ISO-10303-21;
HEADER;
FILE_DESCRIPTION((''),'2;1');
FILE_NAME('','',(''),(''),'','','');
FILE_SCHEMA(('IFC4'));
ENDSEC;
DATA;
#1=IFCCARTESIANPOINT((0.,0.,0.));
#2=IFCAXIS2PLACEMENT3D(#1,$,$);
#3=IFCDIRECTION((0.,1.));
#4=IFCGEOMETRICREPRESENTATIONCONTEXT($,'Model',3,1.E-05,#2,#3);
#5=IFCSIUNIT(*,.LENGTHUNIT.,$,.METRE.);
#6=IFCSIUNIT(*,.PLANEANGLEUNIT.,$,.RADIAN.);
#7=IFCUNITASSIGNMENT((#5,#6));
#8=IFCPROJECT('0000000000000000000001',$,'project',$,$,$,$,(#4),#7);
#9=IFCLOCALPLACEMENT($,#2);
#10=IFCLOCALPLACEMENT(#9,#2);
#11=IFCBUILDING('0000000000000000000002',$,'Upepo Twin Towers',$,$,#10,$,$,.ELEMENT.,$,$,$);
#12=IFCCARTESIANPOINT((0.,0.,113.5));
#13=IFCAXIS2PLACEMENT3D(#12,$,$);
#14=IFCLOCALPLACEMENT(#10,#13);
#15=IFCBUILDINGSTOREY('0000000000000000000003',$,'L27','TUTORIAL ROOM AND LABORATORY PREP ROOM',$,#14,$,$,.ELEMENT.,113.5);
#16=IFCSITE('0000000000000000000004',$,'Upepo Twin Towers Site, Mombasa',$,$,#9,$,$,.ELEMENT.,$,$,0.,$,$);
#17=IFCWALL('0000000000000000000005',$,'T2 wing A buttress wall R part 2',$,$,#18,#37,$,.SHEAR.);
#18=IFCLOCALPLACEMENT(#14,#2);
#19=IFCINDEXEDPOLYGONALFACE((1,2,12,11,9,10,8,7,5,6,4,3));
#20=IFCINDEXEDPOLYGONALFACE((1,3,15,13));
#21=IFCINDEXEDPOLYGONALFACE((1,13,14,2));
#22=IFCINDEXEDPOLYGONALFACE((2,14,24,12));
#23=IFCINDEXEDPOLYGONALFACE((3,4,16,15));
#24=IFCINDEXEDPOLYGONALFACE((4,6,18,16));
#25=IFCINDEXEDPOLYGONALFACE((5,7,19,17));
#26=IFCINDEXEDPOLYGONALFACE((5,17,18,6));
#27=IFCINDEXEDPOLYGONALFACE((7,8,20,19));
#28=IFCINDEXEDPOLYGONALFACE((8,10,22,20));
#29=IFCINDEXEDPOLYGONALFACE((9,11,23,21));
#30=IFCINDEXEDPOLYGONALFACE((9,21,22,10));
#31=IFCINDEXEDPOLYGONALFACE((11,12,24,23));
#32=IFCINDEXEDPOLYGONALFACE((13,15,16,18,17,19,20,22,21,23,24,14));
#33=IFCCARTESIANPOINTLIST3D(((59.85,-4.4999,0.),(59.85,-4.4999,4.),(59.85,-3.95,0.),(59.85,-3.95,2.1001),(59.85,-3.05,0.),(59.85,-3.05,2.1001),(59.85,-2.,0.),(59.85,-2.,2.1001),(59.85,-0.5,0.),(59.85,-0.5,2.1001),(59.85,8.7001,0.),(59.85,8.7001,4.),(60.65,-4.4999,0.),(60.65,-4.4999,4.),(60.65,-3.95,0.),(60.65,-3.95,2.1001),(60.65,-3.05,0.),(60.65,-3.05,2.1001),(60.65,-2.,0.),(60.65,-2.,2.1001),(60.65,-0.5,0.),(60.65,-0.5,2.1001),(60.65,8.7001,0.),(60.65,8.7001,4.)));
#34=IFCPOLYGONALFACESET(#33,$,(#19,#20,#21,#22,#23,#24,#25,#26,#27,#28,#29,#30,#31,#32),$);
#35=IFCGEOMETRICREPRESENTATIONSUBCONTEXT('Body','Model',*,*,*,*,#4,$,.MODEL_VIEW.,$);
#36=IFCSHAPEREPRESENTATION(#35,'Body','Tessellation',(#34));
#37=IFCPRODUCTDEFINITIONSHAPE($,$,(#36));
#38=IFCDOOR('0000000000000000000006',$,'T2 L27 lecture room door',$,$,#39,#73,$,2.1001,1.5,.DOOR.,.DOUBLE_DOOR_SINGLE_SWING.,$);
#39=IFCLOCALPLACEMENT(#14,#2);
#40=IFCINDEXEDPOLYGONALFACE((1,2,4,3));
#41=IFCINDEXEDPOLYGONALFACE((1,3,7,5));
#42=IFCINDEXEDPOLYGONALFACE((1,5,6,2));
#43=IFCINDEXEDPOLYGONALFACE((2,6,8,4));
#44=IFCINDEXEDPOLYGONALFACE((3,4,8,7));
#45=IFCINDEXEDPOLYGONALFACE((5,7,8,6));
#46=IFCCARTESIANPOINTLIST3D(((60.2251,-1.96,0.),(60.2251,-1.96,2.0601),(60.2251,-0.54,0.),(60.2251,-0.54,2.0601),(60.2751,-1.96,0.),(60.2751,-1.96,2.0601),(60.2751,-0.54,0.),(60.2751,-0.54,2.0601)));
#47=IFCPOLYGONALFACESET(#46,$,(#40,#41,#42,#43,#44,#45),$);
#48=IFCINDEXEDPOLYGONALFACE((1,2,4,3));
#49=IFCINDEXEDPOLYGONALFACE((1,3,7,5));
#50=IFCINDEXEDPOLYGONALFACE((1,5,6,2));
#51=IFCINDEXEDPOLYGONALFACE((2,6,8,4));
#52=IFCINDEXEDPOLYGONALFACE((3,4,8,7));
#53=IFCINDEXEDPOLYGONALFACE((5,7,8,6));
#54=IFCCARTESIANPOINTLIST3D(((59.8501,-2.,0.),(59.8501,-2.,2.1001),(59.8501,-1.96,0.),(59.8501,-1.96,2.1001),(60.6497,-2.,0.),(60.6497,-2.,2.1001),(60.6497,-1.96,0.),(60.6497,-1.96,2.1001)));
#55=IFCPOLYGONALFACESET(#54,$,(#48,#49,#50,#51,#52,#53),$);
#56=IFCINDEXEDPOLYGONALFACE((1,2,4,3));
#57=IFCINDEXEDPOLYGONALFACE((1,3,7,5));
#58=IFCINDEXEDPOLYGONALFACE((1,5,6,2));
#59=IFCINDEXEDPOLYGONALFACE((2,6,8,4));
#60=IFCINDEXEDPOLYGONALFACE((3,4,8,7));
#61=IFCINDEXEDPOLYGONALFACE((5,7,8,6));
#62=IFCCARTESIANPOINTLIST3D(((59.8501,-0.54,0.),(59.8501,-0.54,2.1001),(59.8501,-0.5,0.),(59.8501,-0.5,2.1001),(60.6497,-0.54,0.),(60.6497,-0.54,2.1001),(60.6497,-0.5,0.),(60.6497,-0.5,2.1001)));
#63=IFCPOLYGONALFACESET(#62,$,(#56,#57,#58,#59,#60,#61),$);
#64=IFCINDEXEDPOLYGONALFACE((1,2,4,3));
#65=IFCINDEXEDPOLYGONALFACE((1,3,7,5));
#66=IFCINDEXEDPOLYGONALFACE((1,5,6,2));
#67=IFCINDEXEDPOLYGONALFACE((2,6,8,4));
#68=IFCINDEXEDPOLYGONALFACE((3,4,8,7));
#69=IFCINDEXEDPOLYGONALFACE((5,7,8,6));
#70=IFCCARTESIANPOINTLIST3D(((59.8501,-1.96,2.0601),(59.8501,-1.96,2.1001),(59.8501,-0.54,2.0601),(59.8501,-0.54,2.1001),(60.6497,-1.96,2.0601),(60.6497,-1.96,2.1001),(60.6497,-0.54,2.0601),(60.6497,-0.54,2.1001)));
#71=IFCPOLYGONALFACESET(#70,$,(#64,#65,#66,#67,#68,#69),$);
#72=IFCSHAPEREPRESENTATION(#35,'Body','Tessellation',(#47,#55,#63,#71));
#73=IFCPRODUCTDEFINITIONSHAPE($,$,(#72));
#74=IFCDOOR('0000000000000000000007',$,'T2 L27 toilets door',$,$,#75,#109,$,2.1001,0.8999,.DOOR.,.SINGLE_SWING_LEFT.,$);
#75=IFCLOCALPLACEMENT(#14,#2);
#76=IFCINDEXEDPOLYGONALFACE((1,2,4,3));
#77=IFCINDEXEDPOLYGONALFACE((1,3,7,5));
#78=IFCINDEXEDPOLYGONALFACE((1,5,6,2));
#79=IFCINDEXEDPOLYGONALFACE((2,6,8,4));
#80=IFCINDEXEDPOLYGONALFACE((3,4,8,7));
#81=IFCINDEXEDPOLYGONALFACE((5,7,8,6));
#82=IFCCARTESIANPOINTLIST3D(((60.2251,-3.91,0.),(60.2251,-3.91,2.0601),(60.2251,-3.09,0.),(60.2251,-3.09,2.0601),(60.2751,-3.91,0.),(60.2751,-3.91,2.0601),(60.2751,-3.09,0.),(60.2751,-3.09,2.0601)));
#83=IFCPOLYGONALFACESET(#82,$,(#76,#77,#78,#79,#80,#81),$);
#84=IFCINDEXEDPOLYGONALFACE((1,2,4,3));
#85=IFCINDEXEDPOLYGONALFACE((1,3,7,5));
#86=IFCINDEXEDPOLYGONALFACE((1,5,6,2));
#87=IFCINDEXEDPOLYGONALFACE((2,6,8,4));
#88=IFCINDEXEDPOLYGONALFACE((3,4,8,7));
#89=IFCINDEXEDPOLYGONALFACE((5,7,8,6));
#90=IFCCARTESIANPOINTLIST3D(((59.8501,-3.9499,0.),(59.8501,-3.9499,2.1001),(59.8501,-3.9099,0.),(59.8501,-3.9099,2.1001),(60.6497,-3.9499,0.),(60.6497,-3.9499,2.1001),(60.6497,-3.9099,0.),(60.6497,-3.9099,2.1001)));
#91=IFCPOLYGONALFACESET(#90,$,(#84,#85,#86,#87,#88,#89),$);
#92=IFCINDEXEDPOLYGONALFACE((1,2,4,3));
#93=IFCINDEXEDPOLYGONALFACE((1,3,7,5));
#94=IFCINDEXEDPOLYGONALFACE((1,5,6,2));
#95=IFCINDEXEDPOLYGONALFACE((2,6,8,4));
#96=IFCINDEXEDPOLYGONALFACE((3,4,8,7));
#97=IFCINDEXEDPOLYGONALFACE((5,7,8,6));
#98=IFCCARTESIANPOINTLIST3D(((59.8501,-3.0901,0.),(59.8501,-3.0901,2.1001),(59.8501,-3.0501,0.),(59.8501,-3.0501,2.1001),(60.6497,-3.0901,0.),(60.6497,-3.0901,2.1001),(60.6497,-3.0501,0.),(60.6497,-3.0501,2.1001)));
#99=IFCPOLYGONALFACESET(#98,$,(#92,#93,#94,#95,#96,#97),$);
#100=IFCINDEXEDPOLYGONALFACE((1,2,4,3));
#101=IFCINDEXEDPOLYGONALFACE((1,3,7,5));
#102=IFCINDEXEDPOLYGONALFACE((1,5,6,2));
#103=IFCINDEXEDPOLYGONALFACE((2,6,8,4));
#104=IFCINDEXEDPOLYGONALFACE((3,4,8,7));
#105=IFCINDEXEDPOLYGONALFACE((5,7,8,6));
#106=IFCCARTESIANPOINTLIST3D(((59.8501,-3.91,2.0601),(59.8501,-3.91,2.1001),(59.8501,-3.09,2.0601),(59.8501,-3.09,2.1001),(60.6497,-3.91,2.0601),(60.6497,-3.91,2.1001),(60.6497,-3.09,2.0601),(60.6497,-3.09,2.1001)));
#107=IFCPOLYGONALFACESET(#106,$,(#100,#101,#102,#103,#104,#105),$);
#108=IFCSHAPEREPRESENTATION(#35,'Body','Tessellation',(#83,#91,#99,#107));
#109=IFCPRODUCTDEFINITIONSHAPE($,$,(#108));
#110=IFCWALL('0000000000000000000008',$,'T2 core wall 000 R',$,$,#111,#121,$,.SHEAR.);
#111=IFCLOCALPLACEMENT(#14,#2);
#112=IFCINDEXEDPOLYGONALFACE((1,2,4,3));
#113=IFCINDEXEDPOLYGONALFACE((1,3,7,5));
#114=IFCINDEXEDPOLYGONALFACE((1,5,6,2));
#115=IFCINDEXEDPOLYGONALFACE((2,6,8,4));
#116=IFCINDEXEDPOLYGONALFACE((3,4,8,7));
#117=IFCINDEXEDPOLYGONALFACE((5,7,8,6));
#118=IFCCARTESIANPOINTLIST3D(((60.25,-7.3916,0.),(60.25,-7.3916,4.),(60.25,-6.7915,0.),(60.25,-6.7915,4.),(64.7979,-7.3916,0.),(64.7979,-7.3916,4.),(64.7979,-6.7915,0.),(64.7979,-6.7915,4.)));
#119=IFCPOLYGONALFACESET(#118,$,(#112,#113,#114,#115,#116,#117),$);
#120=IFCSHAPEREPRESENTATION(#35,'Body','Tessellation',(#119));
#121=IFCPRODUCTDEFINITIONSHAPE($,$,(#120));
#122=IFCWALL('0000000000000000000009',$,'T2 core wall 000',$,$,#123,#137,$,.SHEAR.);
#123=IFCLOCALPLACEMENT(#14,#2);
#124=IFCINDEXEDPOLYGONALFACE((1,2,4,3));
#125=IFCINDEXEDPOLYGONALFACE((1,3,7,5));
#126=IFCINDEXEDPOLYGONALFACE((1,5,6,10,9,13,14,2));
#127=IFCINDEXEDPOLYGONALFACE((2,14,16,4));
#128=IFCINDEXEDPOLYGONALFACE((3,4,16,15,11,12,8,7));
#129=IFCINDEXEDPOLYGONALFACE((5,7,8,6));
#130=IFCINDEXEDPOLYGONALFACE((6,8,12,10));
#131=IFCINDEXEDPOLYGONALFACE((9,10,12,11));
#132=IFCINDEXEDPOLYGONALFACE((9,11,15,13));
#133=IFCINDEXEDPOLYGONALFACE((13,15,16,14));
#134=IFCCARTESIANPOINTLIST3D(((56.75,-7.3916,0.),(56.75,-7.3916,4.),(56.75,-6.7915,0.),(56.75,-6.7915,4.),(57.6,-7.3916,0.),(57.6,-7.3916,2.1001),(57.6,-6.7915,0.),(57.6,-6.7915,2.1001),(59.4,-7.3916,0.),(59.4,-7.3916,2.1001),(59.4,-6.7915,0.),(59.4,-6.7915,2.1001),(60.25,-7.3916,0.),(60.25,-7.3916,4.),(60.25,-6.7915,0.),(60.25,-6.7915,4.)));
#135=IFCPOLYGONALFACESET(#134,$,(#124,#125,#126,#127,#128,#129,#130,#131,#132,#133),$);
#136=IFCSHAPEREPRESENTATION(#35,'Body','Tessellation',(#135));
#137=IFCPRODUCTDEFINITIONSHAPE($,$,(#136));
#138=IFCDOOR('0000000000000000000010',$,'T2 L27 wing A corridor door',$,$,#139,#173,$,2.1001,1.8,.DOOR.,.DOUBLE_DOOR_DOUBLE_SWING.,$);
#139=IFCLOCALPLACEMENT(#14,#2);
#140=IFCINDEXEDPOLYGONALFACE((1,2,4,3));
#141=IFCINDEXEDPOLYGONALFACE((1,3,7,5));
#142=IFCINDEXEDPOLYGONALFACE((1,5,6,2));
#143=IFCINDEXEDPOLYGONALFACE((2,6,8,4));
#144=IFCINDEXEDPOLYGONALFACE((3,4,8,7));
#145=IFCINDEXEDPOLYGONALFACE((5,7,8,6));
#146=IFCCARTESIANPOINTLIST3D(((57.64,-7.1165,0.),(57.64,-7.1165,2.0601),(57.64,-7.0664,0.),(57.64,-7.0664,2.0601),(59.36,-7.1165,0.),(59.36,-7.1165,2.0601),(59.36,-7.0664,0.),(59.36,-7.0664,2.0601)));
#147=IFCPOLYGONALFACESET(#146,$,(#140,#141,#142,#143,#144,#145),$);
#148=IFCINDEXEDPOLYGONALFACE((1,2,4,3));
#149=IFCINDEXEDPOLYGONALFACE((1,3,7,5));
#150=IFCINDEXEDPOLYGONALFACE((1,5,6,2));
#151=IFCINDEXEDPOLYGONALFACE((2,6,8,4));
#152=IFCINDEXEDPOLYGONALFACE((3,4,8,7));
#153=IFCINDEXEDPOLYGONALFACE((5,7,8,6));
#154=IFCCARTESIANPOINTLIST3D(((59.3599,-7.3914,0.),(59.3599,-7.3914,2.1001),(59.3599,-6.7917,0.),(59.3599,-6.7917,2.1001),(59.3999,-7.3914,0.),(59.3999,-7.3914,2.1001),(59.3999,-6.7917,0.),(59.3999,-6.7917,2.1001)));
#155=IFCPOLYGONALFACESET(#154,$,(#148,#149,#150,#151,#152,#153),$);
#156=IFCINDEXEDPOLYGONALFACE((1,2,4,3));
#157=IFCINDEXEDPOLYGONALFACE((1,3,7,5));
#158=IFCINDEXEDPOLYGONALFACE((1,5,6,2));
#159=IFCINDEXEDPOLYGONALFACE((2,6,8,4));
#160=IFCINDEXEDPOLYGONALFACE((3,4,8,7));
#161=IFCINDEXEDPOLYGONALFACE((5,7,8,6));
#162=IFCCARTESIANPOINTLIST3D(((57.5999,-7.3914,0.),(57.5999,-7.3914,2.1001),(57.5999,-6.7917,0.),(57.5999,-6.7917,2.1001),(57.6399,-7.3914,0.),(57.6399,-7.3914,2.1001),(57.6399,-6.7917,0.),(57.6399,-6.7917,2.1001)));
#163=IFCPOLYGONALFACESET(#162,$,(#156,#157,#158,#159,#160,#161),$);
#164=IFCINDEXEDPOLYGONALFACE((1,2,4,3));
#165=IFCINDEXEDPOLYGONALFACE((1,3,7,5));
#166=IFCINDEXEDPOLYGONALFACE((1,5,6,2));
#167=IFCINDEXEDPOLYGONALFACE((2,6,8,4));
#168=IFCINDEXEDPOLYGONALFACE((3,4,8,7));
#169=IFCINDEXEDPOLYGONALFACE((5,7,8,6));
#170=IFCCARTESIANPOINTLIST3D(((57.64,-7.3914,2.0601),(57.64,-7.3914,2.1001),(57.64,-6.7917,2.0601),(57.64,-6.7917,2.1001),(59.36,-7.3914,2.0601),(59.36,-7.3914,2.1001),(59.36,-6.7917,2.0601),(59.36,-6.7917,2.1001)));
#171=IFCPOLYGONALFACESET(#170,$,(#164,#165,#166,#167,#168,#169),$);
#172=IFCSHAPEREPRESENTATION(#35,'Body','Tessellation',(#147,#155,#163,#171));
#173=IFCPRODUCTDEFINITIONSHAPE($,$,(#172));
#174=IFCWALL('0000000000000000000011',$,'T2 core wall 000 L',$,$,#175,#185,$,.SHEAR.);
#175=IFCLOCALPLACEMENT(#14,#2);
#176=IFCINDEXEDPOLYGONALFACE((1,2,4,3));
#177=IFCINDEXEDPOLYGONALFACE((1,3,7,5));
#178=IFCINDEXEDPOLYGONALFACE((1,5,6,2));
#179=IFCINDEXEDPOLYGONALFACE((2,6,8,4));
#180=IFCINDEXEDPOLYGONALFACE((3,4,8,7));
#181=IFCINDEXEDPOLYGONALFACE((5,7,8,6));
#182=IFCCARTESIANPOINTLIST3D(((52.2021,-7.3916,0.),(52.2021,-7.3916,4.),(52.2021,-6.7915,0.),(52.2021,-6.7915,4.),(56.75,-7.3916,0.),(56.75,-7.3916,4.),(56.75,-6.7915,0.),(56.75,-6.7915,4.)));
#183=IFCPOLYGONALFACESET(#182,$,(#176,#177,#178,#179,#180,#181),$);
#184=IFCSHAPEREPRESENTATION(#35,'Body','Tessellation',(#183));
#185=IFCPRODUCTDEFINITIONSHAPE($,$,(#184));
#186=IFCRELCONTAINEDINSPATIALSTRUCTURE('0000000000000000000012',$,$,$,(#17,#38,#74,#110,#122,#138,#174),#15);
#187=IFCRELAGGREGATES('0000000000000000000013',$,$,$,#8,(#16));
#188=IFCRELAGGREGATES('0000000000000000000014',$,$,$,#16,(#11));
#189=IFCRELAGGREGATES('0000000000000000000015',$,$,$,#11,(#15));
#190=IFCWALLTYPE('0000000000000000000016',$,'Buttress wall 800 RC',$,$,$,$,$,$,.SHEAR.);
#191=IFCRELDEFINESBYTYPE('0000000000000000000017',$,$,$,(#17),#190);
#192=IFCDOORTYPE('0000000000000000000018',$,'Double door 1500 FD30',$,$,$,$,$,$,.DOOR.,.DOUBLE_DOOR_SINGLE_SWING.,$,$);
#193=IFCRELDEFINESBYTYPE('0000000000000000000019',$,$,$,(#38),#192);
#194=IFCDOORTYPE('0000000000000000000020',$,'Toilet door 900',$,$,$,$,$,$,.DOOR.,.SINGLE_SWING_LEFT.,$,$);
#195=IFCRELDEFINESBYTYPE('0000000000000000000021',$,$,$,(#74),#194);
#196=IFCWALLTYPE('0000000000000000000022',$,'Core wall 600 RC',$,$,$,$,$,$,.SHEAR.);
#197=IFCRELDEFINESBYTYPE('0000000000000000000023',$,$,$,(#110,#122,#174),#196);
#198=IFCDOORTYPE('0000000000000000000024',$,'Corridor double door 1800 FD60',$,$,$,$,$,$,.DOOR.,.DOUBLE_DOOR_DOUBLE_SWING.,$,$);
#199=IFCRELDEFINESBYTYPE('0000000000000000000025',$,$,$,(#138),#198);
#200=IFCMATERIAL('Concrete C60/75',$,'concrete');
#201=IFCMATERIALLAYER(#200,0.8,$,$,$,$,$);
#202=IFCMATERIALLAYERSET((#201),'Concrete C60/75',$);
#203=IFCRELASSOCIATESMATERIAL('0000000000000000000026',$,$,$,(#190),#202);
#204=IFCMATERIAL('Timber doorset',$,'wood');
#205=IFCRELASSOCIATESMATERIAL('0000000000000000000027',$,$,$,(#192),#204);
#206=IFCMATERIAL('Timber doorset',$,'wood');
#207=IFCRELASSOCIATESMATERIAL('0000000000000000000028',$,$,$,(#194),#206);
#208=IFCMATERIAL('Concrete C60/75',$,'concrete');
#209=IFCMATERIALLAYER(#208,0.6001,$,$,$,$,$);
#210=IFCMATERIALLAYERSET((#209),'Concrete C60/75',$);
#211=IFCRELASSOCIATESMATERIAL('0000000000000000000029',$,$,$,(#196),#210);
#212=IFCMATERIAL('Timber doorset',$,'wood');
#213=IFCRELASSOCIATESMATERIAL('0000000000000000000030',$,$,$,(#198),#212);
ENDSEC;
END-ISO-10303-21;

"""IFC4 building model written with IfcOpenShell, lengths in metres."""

from ifc_helpers import new_model, si_unit, direction, frame, frame_2d, origin, place, context, subcontext, project, spatial, rectangle, extrude, material, layer, layer_set, type_object, element, fill, save


model = new_model("IFC4")

# Units and contexts
model_context = context("Model", 3, precision=1e-05, world=origin(), true_north=direction((0.0, 1.0)))
body_context = subcontext(model_context, "Body", "Model", "MODEL_VIEW")
ifc_project = project(units=[si_unit("LENGTHUNIT", "METRE"), si_unit("PLANEANGLEUNIT", "RADIAN")], contexts=[model_context])

# Site, building, storey
site_placement = place(None, origin())
site = spatial("IfcSite", under=ifc_project, at=site_placement, Name="Upepo Twin Towers Site, Mombasa", CompositionType="ELEMENT", RefElevation=0.0)
building_placement = place(site_placement, origin())
building = spatial("IfcBuilding", under=site, at=building_placement, Name="Upepo Twin Towers", CompositionType="ELEMENT")
storey_placement = place(building_placement, frame((0.0, 0.0, 113.5)))
storey = spatial("IfcBuildingStorey", under=building, at=storey_placement, Name="L27", Description="TUTORIAL ROOM AND LABORATORY PREP ROOM", CompositionType="ELEMENT", Elevation=113.5)

# Wall, openings, doors
ifc_material_1 = material(Name="Concrete C60/75", Category="concrete")
ifc_layer_1 = layer(ifc_material_1, 0.8)
ifc_layer_set_1 = layer_set([ifc_layer_1], Name="Concrete C60/75")
wall_type_1 = type_object("IfcWallType", Name="Buttress wall 800 RC", PredefinedType="SHEAR", material=ifc_layer_set_1)
ifc_material_2 = material(Name="Timber doorset", Category="wood")
door_type_1 = type_object("IfcDoorType", Name="Double door 1500 FD30", OperationType="DOUBLE_DOOR_SINGLE_SWING", PredefinedType="DOOR", material=ifc_material_2)
ifc_material_3 = material(Name="Timber doorset", Category="wood")
door_type_2 = type_object("IfcDoorType", Name="Toilet door 900", OperationType="SINGLE_SWING_LEFT", PredefinedType="DOOR", material=ifc_material_3)
wall_1_placement = place(storey_placement, frame((60.25, -4.5, 0.0), z_axis=(0.0, 0.0, 1.0), x_axis=(0.0, 1.0, 0.0)))
wall_1 = element("IfcWall", 1, at=wall_1_placement, inside=storey, type_object=wall_type_1, Name="T2 wing A buttress wall R part 2", PredefinedType="SHEAR", context=body_context, shape_type="SweptSolid", body=[
    extrude(rectangle(XDim=13.2, YDim=0.8, at=frame_2d((6.6001, 0.0))), origin(), (0.0, 0.0, 1.0), 4.0),
])
opening_1_placement = place(wall_1_placement, frame((0.55, 0.0, 0.0)))
opening_1 = element("IfcOpeningElement", 2, at=opening_1_placement, cuts=wall_1, PredefinedType="OPENING", context=body_context, shape_type="SweptSolid", body=[
    extrude(rectangle(XDim=0.8999, YDim=2.1001, at=frame_2d((0.45, 1.05))), frame((0.0, 0.4099, 0.0), z_axis=(0.0, -1.0, 0.0), x_axis=(1.0, 0.0, 0.0)), (0.0, 0.0, 1.0), 0.8201),
])
opening_2_placement = place(wall_1_placement, frame((2.5, 0.0, 0.0)))
opening_2 = element("IfcOpeningElement", 3, at=opening_2_placement, cuts=wall_1, PredefinedType="OPENING", context=body_context, shape_type="SweptSolid", body=[
    extrude(rectangle(XDim=1.5, YDim=2.1001, at=frame_2d((0.75, 1.05))), frame((0.0, 0.4099, 0.0), z_axis=(0.0, -1.0, 0.0), x_axis=(1.0, 0.0, 0.0)), (0.0, 0.0, 1.0), 0.8201),
])
door_1_placement = place(opening_2_placement, origin())
door_1 = element("IfcDoor", 4, at=door_1_placement, inside=storey, type_object=door_type_1, Name="T2 L27 lecture room door", OperationType="DOUBLE_DOOR_SINGLE_SWING", OverallHeight=2.1001, OverallWidth=1.5, PredefinedType="DOOR", context=body_context, shape_type="SweptSolid", body=[
    extrude(rectangle(XDim=1.42, YDim=2.0601, at=frame_2d((0.75, 1.03))), frame((0.0, 0.0249, 0.0), z_axis=(0.0, -1.0, 0.0), x_axis=(1.0, 0.0, 0.0)), (0.0, 0.0, 1.0), 0.05),
    extrude(rectangle(XDim=0.04, YDim=2.1001, at=frame_2d((0.02, 1.05))), frame((0.0, 0.3999, 0.0), z_axis=(0.0, -1.0, 0.0), x_axis=(1.0, 0.0, 0.0)), (0.0, 0.0, 1.0), 0.7996),
    extrude(rectangle(XDim=0.04, YDim=2.1001, at=frame_2d((1.48, 1.05))), frame((0.0, 0.3999, 0.0), z_axis=(0.0, -1.0, 0.0), x_axis=(1.0, 0.0, 0.0)), (0.0, 0.0, 1.0), 0.7996),
    extrude(rectangle(XDim=1.42, YDim=0.04, at=frame_2d((0.75, 2.0801))), frame((0.0, 0.3999, 0.0), z_axis=(0.0, -1.0, 0.0), x_axis=(1.0, 0.0, 0.0)), (0.0, 0.0, 1.0), 0.7996),
])
fill(opening_2, door_1)
door_2_placement = place(opening_1_placement, origin())
door_2 = element("IfcDoor", 5, at=door_2_placement, inside=storey, type_object=door_type_2, Name="T2 L27 toilets door", OperationType="SINGLE_SWING_LEFT", OverallHeight=2.1001, OverallWidth=0.8999, PredefinedType="DOOR", context=body_context, shape_type="SweptSolid", body=[
    extrude(rectangle(XDim=0.8199, YDim=2.0601, at=frame_2d((0.45, 1.03))), frame((0.0, 0.0249, 0.0), z_axis=(0.0, -1.0, 0.0), x_axis=(1.0, 0.0, 0.0)), (0.0, 0.0, 1.0), 0.05),
    extrude(rectangle(XDim=0.04, YDim=2.1001, at=frame_2d((0.02, 1.05))), frame((0.0, 0.3999, 0.0), z_axis=(0.0, -1.0, 0.0), x_axis=(1.0, 0.0, 0.0)), (0.0, 0.0, 1.0), 0.7996),
    extrude(rectangle(XDim=0.04, YDim=2.1001, at=frame_2d((0.8799, 1.05))), frame((0.0, 0.3999, 0.0), z_axis=(0.0, -1.0, 0.0), x_axis=(1.0, 0.0, 0.0)), (0.0, 0.0, 1.0), 0.7996),
    extrude(rectangle(XDim=0.8199, YDim=0.04, at=frame_2d((0.45, 2.0801))), frame((0.0, 0.3999, 0.0), z_axis=(0.0, -1.0, 0.0), x_axis=(1.0, 0.0, 0.0)), (0.0, 0.0, 1.0), 0.7996),
])
fill(opening_1, door_2)

# Wall
ifc_material_4 = material(Name="Concrete C60/75", Category="concrete")
ifc_layer_2 = layer(ifc_material_4, 0.6001)
ifc_layer_set_2 = layer_set([ifc_layer_2], Name="Concrete C60/75")
wall_type_2 = type_object("IfcWallType", Name="Core wall 600 RC", PredefinedType="SHEAR", material=ifc_layer_set_2)
wall_2_placement = place(storey_placement, frame((64.7979, -7.0916, 0.0), z_axis=(0.0, 0.0, 1.0), x_axis=(-1.0, 0.0, 0.0)))
element("IfcWall", 6, at=wall_2_placement, inside=storey, type_object=wall_type_2, Name="T2 core wall 000 R", PredefinedType="SHEAR", context=body_context, shape_type="SweptSolid", body=[
    extrude(rectangle(XDim=4.5479, YDim=0.6001, at=frame_2d((2.2739, 0.0))), origin(), (0.0, 0.0, 1.0), 4.0),
])

# Wall, opening, door
wall_3_placement = place(storey_placement, frame((60.25, -7.0916, 0.0), z_axis=(0.0, 0.0, 1.0), x_axis=(-1.0, 0.0, 0.0)))
wall_3 = element("IfcWall", 7, at=wall_3_placement, inside=storey, type_object=wall_type_2, Name="T2 core wall 000", PredefinedType="SHEAR", context=body_context, shape_type="SweptSolid", body=[
    extrude(rectangle(XDim=3.5, YDim=0.6001, at=frame_2d((1.75, 0.0))), origin(), (0.0, 0.0, 1.0), 4.0),
])
opening_3_placement = place(wall_3_placement, frame((0.8501, 0.0, 0.0)))
opening_3 = element("IfcOpeningElement", 8, at=opening_3_placement, cuts=wall_3, PredefinedType="OPENING", context=body_context, shape_type="SweptSolid", body=[
    extrude(rectangle(XDim=1.8, YDim=2.1001, at=frame_2d((0.8999, 1.05))), frame((0.0, 0.3101, 0.0), z_axis=(0.0, -1.0, 0.0), x_axis=(1.0, 0.0, 0.0)), (0.0, 0.0, 1.0), 0.6201),
])
ifc_material_5 = material(Name="Timber doorset", Category="wood")
door_type_3 = type_object("IfcDoorType", Name="Corridor double door 1800 FD60", OperationType="DOUBLE_DOOR_DOUBLE_SWING", PredefinedType="DOOR", material=ifc_material_5)
door_3_placement = place(opening_3_placement, origin())
door_3 = element("IfcDoor", 9, at=door_3_placement, inside=storey, type_object=door_type_3, Name="T2 L27 wing A corridor door", OperationType="DOUBLE_DOOR_DOUBLE_SWING", OverallHeight=2.1001, OverallWidth=1.8, PredefinedType="DOOR", context=body_context, shape_type="SweptSolid", body=[
    extrude(rectangle(XDim=1.72, YDim=2.0601, at=frame_2d((0.8999, 1.03))), frame((0.0, 0.0249, 0.0), z_axis=(0.0, -1.0, 0.0), x_axis=(1.0, 0.0, 0.0)), (0.0, 0.0, 1.0), 0.05),
    extrude(rectangle(XDim=0.04, YDim=2.1001, at=frame_2d((0.02, 1.05))), frame((0.0, 0.2998, 0.0), z_axis=(0.0, -1.0, 0.0), x_axis=(1.0, 0.0, 0.0)), (0.0, 0.0, 1.0), 0.5996),
    extrude(rectangle(XDim=0.04, YDim=2.1001, at=frame_2d((1.78, 1.05))), frame((0.0, 0.2998, 0.0), z_axis=(0.0, -1.0, 0.0), x_axis=(1.0, 0.0, 0.0)), (0.0, 0.0, 1.0), 0.5996),
    extrude(rectangle(XDim=1.72, YDim=0.04, at=frame_2d((0.8999, 2.0801))), frame((0.0, 0.2998, 0.0), z_axis=(0.0, -1.0, 0.0), x_axis=(1.0, 0.0, 0.0)), (0.0, 0.0, 1.0), 0.5996),
])
fill(opening_3, door_3)

# Wall
wall_4_placement = place(storey_placement, frame((56.75, -7.0916, 0.0), z_axis=(0.0, 0.0, 1.0), x_axis=(-1.0, 0.0, 0.0)))
element("IfcWall", 10, at=wall_4_placement, inside=storey, type_object=wall_type_2, Name="T2 core wall 000 L", PredefinedType="SHEAR", context=body_context, shape_type="SweptSolid", body=[
    extrude(rectangle(XDim=4.5479, YDim=0.6001, at=frame_2d((2.2739, 0.0))), origin(), (0.0, 0.0, 1.0), 4.0),
])

save(model, "model.ifc")
